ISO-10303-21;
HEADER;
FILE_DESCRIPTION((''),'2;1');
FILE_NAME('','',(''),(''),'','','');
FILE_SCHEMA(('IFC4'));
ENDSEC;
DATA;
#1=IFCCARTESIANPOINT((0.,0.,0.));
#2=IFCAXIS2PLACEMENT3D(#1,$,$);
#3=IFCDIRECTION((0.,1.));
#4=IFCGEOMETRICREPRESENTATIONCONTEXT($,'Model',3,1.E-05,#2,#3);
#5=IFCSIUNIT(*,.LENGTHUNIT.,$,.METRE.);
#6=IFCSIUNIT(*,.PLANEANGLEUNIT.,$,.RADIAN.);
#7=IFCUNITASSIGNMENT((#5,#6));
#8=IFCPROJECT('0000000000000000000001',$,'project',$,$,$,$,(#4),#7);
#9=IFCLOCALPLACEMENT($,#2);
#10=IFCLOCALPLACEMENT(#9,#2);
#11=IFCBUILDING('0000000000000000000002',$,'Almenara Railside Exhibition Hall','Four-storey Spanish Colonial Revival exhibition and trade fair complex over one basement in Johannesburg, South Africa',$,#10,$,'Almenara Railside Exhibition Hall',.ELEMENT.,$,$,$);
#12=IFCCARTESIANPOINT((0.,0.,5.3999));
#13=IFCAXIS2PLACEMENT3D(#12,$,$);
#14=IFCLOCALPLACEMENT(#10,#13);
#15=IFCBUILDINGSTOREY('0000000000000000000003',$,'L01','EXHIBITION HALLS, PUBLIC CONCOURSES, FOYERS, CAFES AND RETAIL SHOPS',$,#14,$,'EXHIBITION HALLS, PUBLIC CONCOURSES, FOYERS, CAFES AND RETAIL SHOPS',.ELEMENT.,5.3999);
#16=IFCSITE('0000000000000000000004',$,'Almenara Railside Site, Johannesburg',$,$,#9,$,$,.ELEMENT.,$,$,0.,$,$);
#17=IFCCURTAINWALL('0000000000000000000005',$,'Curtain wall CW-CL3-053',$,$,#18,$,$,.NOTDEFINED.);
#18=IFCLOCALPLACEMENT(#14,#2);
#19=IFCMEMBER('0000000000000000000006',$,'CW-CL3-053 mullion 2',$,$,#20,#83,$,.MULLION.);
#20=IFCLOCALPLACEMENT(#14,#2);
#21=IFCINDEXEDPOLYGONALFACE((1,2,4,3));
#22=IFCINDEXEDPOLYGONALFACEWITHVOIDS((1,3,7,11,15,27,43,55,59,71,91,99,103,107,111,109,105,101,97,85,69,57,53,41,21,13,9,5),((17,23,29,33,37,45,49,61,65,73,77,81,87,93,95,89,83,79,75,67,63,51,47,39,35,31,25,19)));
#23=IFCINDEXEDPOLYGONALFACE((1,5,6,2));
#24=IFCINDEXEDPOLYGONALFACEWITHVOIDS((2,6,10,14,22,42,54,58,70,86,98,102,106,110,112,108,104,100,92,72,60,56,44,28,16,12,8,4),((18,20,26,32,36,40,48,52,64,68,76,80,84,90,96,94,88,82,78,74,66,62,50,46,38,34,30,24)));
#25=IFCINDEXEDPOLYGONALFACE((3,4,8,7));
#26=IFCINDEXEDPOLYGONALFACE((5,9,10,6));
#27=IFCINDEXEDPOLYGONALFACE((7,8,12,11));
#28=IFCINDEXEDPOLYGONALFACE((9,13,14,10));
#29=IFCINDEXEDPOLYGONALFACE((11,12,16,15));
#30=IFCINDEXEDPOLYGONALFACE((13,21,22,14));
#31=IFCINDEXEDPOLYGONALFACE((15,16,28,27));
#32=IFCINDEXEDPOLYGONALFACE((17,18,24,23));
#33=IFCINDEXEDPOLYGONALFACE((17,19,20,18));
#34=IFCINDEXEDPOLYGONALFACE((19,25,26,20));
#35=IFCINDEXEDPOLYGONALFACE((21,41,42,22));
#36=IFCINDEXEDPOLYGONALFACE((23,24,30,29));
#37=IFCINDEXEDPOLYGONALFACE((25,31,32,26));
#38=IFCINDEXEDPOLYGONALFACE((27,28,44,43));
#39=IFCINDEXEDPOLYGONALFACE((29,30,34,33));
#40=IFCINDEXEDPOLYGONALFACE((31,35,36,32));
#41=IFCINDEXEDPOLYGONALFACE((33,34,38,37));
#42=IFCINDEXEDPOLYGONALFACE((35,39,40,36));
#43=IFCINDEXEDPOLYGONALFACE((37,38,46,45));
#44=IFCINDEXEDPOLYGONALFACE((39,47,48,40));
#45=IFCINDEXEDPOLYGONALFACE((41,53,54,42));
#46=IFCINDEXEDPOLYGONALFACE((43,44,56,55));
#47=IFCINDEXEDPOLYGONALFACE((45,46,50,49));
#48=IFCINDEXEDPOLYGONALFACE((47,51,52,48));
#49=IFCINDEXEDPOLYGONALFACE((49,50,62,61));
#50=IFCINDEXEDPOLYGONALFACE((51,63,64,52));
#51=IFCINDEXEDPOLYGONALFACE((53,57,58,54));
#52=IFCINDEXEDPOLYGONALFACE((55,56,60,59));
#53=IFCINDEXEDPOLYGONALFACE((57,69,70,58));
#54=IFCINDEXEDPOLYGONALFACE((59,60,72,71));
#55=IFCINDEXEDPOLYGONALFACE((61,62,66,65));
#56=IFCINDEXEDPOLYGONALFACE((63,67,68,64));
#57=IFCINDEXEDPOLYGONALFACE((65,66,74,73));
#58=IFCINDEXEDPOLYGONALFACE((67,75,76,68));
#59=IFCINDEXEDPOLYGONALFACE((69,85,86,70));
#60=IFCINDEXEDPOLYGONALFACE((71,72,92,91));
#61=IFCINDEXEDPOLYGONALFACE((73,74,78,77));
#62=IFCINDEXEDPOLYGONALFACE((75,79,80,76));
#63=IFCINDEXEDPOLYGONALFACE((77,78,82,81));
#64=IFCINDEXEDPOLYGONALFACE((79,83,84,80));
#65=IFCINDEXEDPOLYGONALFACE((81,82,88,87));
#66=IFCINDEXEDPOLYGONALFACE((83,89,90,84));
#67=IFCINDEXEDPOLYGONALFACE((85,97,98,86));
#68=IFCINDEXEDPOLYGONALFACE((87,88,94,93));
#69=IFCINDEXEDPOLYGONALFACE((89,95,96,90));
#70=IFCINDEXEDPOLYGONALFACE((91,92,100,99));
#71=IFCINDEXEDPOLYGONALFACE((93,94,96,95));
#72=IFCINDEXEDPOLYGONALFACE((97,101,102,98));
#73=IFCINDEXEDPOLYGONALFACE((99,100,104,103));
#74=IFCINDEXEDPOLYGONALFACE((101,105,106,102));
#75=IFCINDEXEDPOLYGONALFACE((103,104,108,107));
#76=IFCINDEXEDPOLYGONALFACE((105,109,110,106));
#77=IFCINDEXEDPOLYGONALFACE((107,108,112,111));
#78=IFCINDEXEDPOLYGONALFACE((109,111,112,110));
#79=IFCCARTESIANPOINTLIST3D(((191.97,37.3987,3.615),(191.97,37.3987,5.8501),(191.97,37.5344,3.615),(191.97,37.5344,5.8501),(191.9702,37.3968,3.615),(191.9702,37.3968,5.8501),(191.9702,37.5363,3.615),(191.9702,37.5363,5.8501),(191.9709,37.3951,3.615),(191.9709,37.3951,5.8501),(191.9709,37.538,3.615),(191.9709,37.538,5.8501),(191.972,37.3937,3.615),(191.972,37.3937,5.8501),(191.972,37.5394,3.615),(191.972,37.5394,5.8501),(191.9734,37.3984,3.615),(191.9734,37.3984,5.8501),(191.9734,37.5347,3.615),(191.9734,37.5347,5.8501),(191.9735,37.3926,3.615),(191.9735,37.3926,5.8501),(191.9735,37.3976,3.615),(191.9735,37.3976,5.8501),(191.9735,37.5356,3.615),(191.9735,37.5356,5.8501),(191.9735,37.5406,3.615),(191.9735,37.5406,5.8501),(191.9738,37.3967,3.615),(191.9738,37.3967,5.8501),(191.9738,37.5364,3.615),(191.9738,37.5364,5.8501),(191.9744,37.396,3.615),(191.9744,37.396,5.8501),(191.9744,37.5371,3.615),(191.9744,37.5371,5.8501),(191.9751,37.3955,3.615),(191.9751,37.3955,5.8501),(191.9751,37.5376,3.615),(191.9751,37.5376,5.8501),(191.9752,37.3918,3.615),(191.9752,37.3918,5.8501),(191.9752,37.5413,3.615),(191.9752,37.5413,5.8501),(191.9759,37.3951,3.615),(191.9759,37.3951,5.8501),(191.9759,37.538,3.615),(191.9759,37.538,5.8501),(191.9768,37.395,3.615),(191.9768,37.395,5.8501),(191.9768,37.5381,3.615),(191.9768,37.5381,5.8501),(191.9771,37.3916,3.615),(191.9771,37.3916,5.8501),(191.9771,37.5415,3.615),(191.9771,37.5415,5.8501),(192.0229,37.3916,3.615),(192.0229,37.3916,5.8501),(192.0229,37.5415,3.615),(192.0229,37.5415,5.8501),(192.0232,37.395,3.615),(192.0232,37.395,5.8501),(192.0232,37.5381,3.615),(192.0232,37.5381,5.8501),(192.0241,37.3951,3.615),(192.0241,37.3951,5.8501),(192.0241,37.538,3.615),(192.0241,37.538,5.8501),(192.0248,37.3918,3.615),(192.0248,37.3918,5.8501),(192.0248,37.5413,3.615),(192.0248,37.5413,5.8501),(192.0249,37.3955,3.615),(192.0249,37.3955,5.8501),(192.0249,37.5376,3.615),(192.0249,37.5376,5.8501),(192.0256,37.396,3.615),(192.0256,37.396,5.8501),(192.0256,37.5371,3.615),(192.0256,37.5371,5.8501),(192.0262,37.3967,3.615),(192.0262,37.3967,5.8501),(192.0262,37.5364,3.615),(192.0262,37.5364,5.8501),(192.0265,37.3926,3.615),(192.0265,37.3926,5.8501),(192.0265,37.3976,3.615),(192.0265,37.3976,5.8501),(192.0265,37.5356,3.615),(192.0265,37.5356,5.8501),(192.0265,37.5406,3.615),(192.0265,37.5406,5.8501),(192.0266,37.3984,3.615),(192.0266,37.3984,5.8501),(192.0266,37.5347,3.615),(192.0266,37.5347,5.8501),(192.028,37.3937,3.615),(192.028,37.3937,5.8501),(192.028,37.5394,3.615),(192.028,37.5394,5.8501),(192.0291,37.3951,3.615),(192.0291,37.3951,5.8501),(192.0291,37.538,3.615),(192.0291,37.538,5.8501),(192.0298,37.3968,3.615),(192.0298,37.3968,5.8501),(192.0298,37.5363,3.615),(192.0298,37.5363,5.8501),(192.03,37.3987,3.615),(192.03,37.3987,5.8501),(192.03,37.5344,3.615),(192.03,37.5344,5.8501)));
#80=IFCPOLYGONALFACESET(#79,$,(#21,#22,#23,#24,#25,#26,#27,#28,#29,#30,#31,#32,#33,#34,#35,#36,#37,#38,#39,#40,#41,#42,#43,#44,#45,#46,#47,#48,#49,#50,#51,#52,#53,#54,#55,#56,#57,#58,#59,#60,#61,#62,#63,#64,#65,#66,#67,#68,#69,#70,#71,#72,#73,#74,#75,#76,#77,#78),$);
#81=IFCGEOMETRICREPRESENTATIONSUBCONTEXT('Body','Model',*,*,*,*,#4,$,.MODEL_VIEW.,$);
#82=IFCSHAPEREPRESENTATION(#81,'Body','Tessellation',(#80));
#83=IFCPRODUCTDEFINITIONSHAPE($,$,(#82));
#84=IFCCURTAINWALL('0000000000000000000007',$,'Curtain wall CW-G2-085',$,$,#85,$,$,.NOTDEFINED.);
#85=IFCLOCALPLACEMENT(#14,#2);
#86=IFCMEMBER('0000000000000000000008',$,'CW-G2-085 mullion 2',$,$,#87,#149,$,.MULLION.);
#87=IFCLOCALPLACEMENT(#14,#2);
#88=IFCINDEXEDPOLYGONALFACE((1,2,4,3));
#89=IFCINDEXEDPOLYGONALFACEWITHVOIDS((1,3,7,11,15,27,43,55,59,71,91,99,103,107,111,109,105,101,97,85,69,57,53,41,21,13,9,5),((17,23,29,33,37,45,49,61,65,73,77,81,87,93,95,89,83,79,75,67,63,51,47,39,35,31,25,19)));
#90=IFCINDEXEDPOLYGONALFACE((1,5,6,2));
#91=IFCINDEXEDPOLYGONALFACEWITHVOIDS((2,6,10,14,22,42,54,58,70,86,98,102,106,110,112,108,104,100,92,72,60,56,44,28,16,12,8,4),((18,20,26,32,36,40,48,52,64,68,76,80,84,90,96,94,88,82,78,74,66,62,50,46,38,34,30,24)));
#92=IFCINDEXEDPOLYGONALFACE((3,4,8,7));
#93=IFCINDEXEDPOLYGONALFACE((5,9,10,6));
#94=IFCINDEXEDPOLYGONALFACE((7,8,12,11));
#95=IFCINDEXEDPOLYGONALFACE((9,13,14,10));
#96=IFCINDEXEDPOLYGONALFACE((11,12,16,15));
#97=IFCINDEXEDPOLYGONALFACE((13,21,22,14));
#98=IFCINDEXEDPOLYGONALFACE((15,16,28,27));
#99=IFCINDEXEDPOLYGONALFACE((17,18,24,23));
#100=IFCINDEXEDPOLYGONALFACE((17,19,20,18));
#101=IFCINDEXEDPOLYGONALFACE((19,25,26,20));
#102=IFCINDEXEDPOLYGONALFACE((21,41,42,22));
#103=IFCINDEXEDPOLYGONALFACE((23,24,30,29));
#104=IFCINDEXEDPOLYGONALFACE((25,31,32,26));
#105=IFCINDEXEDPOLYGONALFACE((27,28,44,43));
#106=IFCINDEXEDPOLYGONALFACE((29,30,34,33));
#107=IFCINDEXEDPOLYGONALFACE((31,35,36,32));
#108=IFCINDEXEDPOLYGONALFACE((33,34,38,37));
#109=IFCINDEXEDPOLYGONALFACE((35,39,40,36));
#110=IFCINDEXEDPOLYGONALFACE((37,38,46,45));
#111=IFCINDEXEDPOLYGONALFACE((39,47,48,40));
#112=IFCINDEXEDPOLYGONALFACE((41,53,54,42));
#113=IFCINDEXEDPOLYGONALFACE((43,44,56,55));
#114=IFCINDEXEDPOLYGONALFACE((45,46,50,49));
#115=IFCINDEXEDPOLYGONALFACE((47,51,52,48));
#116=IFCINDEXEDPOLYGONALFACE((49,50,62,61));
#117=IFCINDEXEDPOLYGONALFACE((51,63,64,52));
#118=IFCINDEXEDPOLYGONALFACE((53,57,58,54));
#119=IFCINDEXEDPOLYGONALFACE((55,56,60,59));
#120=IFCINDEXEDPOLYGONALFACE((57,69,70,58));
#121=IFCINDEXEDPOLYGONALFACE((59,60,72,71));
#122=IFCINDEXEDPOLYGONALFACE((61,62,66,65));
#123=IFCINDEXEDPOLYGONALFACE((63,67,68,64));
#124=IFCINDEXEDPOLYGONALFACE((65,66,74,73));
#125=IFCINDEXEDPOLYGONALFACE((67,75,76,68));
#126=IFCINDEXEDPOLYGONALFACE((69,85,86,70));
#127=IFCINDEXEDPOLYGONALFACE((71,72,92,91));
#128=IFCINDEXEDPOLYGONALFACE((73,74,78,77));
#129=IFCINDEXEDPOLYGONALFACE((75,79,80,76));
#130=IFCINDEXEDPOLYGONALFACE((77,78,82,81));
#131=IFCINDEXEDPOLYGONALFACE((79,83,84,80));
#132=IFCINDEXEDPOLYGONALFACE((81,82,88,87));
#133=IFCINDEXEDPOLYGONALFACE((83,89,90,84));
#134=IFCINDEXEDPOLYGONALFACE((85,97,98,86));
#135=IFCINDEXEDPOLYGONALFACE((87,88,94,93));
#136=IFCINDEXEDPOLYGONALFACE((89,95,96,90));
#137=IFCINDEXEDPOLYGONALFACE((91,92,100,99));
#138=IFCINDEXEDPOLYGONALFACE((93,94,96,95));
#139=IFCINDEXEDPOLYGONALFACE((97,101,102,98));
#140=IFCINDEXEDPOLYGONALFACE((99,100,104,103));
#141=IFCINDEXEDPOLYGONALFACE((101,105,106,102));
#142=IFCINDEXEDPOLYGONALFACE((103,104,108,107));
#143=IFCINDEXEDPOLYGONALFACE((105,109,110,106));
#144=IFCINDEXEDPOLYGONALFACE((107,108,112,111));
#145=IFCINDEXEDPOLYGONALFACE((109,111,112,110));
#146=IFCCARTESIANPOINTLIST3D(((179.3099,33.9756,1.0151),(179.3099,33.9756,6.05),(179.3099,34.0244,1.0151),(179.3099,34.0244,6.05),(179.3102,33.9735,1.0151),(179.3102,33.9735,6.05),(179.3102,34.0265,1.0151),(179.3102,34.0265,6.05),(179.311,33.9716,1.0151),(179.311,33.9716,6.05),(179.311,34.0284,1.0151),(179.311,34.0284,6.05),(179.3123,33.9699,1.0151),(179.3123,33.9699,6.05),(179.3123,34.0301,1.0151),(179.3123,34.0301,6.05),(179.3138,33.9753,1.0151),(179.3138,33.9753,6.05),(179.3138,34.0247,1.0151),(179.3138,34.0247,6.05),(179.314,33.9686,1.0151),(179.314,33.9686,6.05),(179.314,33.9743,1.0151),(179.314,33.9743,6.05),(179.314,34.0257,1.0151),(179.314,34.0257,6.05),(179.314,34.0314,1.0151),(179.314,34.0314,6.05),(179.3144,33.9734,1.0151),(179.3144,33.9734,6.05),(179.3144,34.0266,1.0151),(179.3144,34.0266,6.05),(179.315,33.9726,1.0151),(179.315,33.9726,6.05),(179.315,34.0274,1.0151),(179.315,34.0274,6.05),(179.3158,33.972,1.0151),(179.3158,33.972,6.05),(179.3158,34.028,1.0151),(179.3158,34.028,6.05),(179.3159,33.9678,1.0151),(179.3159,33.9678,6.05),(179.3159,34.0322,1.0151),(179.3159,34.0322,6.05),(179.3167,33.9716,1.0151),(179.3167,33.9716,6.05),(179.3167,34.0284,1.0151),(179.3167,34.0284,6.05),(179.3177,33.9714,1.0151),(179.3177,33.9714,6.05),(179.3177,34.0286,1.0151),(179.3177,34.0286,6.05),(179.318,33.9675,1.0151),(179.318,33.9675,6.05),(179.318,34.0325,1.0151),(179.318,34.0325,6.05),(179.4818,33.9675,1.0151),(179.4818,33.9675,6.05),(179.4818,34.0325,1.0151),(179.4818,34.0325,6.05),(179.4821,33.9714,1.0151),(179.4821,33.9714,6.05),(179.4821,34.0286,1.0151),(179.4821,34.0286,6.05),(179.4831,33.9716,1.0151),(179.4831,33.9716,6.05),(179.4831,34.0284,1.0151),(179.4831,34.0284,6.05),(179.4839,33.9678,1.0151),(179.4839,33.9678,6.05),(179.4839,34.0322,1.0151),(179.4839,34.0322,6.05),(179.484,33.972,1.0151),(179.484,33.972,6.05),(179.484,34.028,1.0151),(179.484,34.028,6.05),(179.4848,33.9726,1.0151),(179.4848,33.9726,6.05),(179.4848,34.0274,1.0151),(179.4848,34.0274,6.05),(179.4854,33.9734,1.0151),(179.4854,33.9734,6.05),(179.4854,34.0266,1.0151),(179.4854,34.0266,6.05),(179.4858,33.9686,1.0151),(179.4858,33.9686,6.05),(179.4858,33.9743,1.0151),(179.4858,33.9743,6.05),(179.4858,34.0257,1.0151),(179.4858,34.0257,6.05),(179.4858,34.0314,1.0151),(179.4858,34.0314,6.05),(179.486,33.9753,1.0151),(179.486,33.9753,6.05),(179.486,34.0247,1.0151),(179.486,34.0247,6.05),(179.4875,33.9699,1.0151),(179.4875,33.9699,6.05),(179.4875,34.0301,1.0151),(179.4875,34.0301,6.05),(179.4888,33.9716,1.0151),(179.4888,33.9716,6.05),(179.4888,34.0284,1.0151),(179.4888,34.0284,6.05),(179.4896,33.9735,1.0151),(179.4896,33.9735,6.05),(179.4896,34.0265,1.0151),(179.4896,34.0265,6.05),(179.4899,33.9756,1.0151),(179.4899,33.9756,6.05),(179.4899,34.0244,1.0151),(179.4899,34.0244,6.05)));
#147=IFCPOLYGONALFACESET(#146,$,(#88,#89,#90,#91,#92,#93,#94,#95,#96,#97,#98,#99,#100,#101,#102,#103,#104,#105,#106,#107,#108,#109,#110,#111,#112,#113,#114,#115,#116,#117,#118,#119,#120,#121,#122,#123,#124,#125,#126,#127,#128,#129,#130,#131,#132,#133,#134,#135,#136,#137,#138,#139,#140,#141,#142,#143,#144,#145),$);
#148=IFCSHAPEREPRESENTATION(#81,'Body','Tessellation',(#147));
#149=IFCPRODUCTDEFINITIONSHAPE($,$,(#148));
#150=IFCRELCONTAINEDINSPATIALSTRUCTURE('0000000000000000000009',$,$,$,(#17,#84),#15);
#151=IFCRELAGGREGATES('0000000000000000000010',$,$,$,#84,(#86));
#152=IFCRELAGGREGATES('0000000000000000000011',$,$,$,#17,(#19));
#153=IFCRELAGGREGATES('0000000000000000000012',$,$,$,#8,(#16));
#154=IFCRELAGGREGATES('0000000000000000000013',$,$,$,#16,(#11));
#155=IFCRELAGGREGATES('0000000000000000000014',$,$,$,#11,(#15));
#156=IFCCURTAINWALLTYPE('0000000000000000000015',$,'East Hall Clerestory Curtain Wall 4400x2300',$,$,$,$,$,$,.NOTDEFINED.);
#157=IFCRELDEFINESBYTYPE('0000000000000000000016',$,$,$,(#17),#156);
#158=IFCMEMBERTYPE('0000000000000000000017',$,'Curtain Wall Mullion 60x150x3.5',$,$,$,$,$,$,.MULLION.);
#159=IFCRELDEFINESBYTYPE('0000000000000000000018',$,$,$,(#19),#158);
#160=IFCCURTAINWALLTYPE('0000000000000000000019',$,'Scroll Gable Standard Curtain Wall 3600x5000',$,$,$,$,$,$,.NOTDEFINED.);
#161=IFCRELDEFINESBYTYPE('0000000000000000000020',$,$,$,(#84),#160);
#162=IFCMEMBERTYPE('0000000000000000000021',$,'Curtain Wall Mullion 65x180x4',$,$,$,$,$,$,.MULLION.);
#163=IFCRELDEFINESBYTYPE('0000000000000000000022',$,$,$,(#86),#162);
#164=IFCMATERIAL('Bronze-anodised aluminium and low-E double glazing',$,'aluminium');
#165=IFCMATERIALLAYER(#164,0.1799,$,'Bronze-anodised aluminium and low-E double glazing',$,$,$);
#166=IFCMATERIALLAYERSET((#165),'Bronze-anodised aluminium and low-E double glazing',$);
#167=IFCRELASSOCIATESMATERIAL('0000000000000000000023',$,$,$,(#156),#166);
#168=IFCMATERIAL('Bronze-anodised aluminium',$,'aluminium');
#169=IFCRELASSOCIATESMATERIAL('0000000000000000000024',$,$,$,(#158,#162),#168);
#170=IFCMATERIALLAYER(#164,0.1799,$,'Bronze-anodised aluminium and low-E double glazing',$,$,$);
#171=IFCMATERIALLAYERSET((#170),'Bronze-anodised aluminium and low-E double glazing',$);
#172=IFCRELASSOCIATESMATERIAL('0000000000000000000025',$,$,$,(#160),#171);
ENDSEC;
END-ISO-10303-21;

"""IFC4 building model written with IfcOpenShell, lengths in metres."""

from ifc_helpers import new_model, si_unit, direction, frame, origin, origin_2d, place, context, subcontext, project, spatial, hollow_rectangle, extrude, material, layer, layer_set, material_profile, profile_set, type_object, element, aggregate, save


model = new_model("IFC4")

# Units and contexts
model_context = context("Model", 3, precision=1e-05, world=origin(), true_north=direction((0.0, 1.0)))
body_context = subcontext(model_context, "Body", "Model", "MODEL_VIEW")
ifc_project = project(units=[si_unit("LENGTHUNIT", "METRE"), si_unit("PLANEANGLEUNIT", "RADIAN")], contexts=[model_context])

# Site, building, storey
site_placement = place(None, origin())
site = spatial("IfcSite", under=ifc_project, at=site_placement, Name="Almenara Railside Site, Johannesburg", CompositionType="ELEMENT", RefElevation=0.0)
building_placement = place(site_placement, origin())
building = spatial("IfcBuilding", under=site, at=building_placement, Name="Almenara Railside Exhibition Hall", Description="Four-storey Spanish Colonial Revival exhibition and trade fair complex over one basement in Johannesburg, South Africa", LongName="Almenara Railside Exhibition Hall", CompositionType="ELEMENT")
storey_placement = place(building_placement, frame((0.0, 0.0, 5.3999)))
storey = spatial("IfcBuildingStorey", under=building, at=storey_placement, Name="L01", Description="EXHIBITION HALLS, PUBLIC CONCOURSES, FOYERS, CAFES AND RETAIL SHOPS", LongName="EXHIBITION HALLS, PUBLIC CONCOURSES, FOYERS, CAFES AND RETAIL SHOPS", CompositionType="ELEMENT", Elevation=5.3999)

# Curtain walls, members
ifc_material_1 = material(Name="Bronze-anodised aluminium and low-E double glazing", Category="aluminium")
ifc_layer_1 = layer(ifc_material_1, 0.1799, Name="Bronze-anodised aluminium and low-E double glazing")
ifc_layer_set_1 = layer_set([ifc_layer_1], Name="Bronze-anodised aluminium and low-E double glazing")
curtain_wall_type_1 = type_object("IfcCurtainWallType", Name="East Hall Clerestory Curtain Wall 4400x2300", PredefinedType="NOTDEFINED", material=ifc_layer_set_1)
curtain_wall_1_placement = place(storey_placement, origin())
curtain_wall_1 = element("IfcCurtainWall", 1, at=curtain_wall_1_placement, inside=storey, type_object=curtain_wall_type_1, Name="Curtain wall CW-CL3-053", PredefinedType="NOTDEFINED")
ifc_material_2 = material(Name="Bronze-anodised aluminium", Category="aluminium")
ifc_material_profile_1 = material_profile(ifc_material_2, hollow_rectangle(XDim=0.0601, YDim=0.1499, WallThickness=0.0034, InnerFilletRadius=0.0034, OuterFilletRadius=0.0071, at=origin_2d()), Name="ALU-MUL 60x150x3.5")
ifc_profile_set_1 = profile_set([ifc_material_profile_1], Name="Bronze-anodised aluminium")
member_type_1 = type_object("IfcMemberType", Name="Curtain Wall Mullion 60x150x3.5", PredefinedType="MULLION", material=ifc_profile_set_1)
member_1_placement = place(storey_placement, frame((192.0, 37.4666, 3.615), z_axis=(0.0, 0.0, 1.0), x_axis=(-1.0, 0.0, 0.0)))
member_1 = element("IfcMember", 2, at=member_1_placement, type_object=member_type_1, Name="CW-CL3-053 mullion 2", PredefinedType="MULLION", context=body_context, shape_type="SweptSolid", body=[
    extrude(hollow_rectangle(XDim=0.0601, YDim=0.1499, WallThickness=0.0034, InnerFilletRadius=0.0034, OuterFilletRadius=0.0071, at=origin_2d()), origin(), (0.0, 0.0, 1.0), 2.2351),
])
ifc_layer_2 = layer(ifc_material_1, 0.1799, Name="Bronze-anodised aluminium and low-E double glazing")
ifc_layer_set_2 = layer_set([ifc_layer_2], Name="Bronze-anodised aluminium and low-E double glazing")
curtain_wall_type_2 = type_object("IfcCurtainWallType", Name="Scroll Gable Standard Curtain Wall 3600x5000", PredefinedType="NOTDEFINED", material=ifc_layer_set_2)
curtain_wall_2_placement = place(storey_placement, origin())
curtain_wall_2 = element("IfcCurtainWall", 3, at=curtain_wall_2_placement, inside=storey, type_object=curtain_wall_type_2, Name="Curtain wall CW-G2-085", PredefinedType="NOTDEFINED")
ifc_material_profile_2 = material_profile(ifc_material_2, hollow_rectangle(XDim=0.0649, YDim=0.1799, WallThickness=0.0039, InnerFilletRadius=0.0039, OuterFilletRadius=0.0081, at=origin_2d()), Name="ALU-MUL 65x180x4")
ifc_profile_set_2 = profile_set([ifc_material_profile_2], Name="Bronze-anodised aluminium")
member_type_2 = type_object("IfcMemberType", Name="Curtain Wall Mullion 65x180x4", PredefinedType="MULLION", material=ifc_profile_set_2)
member_2_placement = place(storey_placement, frame((179.3999, 34.0, 1.0151), z_axis=(0.0, 0.0, 1.0), x_axis=(0.0, 1.0, 0.0)))
member_2 = element("IfcMember", 4, at=member_2_placement, type_object=member_type_2, Name="CW-G2-085 mullion 2", PredefinedType="MULLION", context=body_context, shape_type="SweptSolid", body=[
    extrude(hollow_rectangle(XDim=0.0649, YDim=0.1799, WallThickness=0.0039, InnerFilletRadius=0.0039, OuterFilletRadius=0.0081, at=origin_2d()), origin(), (0.0, 0.0, 1.0), 5.0349),
])

aggregate(curtain_wall_2, [member_2])
aggregate(curtain_wall_1, [member_1])

save(model, "model.ifc")
